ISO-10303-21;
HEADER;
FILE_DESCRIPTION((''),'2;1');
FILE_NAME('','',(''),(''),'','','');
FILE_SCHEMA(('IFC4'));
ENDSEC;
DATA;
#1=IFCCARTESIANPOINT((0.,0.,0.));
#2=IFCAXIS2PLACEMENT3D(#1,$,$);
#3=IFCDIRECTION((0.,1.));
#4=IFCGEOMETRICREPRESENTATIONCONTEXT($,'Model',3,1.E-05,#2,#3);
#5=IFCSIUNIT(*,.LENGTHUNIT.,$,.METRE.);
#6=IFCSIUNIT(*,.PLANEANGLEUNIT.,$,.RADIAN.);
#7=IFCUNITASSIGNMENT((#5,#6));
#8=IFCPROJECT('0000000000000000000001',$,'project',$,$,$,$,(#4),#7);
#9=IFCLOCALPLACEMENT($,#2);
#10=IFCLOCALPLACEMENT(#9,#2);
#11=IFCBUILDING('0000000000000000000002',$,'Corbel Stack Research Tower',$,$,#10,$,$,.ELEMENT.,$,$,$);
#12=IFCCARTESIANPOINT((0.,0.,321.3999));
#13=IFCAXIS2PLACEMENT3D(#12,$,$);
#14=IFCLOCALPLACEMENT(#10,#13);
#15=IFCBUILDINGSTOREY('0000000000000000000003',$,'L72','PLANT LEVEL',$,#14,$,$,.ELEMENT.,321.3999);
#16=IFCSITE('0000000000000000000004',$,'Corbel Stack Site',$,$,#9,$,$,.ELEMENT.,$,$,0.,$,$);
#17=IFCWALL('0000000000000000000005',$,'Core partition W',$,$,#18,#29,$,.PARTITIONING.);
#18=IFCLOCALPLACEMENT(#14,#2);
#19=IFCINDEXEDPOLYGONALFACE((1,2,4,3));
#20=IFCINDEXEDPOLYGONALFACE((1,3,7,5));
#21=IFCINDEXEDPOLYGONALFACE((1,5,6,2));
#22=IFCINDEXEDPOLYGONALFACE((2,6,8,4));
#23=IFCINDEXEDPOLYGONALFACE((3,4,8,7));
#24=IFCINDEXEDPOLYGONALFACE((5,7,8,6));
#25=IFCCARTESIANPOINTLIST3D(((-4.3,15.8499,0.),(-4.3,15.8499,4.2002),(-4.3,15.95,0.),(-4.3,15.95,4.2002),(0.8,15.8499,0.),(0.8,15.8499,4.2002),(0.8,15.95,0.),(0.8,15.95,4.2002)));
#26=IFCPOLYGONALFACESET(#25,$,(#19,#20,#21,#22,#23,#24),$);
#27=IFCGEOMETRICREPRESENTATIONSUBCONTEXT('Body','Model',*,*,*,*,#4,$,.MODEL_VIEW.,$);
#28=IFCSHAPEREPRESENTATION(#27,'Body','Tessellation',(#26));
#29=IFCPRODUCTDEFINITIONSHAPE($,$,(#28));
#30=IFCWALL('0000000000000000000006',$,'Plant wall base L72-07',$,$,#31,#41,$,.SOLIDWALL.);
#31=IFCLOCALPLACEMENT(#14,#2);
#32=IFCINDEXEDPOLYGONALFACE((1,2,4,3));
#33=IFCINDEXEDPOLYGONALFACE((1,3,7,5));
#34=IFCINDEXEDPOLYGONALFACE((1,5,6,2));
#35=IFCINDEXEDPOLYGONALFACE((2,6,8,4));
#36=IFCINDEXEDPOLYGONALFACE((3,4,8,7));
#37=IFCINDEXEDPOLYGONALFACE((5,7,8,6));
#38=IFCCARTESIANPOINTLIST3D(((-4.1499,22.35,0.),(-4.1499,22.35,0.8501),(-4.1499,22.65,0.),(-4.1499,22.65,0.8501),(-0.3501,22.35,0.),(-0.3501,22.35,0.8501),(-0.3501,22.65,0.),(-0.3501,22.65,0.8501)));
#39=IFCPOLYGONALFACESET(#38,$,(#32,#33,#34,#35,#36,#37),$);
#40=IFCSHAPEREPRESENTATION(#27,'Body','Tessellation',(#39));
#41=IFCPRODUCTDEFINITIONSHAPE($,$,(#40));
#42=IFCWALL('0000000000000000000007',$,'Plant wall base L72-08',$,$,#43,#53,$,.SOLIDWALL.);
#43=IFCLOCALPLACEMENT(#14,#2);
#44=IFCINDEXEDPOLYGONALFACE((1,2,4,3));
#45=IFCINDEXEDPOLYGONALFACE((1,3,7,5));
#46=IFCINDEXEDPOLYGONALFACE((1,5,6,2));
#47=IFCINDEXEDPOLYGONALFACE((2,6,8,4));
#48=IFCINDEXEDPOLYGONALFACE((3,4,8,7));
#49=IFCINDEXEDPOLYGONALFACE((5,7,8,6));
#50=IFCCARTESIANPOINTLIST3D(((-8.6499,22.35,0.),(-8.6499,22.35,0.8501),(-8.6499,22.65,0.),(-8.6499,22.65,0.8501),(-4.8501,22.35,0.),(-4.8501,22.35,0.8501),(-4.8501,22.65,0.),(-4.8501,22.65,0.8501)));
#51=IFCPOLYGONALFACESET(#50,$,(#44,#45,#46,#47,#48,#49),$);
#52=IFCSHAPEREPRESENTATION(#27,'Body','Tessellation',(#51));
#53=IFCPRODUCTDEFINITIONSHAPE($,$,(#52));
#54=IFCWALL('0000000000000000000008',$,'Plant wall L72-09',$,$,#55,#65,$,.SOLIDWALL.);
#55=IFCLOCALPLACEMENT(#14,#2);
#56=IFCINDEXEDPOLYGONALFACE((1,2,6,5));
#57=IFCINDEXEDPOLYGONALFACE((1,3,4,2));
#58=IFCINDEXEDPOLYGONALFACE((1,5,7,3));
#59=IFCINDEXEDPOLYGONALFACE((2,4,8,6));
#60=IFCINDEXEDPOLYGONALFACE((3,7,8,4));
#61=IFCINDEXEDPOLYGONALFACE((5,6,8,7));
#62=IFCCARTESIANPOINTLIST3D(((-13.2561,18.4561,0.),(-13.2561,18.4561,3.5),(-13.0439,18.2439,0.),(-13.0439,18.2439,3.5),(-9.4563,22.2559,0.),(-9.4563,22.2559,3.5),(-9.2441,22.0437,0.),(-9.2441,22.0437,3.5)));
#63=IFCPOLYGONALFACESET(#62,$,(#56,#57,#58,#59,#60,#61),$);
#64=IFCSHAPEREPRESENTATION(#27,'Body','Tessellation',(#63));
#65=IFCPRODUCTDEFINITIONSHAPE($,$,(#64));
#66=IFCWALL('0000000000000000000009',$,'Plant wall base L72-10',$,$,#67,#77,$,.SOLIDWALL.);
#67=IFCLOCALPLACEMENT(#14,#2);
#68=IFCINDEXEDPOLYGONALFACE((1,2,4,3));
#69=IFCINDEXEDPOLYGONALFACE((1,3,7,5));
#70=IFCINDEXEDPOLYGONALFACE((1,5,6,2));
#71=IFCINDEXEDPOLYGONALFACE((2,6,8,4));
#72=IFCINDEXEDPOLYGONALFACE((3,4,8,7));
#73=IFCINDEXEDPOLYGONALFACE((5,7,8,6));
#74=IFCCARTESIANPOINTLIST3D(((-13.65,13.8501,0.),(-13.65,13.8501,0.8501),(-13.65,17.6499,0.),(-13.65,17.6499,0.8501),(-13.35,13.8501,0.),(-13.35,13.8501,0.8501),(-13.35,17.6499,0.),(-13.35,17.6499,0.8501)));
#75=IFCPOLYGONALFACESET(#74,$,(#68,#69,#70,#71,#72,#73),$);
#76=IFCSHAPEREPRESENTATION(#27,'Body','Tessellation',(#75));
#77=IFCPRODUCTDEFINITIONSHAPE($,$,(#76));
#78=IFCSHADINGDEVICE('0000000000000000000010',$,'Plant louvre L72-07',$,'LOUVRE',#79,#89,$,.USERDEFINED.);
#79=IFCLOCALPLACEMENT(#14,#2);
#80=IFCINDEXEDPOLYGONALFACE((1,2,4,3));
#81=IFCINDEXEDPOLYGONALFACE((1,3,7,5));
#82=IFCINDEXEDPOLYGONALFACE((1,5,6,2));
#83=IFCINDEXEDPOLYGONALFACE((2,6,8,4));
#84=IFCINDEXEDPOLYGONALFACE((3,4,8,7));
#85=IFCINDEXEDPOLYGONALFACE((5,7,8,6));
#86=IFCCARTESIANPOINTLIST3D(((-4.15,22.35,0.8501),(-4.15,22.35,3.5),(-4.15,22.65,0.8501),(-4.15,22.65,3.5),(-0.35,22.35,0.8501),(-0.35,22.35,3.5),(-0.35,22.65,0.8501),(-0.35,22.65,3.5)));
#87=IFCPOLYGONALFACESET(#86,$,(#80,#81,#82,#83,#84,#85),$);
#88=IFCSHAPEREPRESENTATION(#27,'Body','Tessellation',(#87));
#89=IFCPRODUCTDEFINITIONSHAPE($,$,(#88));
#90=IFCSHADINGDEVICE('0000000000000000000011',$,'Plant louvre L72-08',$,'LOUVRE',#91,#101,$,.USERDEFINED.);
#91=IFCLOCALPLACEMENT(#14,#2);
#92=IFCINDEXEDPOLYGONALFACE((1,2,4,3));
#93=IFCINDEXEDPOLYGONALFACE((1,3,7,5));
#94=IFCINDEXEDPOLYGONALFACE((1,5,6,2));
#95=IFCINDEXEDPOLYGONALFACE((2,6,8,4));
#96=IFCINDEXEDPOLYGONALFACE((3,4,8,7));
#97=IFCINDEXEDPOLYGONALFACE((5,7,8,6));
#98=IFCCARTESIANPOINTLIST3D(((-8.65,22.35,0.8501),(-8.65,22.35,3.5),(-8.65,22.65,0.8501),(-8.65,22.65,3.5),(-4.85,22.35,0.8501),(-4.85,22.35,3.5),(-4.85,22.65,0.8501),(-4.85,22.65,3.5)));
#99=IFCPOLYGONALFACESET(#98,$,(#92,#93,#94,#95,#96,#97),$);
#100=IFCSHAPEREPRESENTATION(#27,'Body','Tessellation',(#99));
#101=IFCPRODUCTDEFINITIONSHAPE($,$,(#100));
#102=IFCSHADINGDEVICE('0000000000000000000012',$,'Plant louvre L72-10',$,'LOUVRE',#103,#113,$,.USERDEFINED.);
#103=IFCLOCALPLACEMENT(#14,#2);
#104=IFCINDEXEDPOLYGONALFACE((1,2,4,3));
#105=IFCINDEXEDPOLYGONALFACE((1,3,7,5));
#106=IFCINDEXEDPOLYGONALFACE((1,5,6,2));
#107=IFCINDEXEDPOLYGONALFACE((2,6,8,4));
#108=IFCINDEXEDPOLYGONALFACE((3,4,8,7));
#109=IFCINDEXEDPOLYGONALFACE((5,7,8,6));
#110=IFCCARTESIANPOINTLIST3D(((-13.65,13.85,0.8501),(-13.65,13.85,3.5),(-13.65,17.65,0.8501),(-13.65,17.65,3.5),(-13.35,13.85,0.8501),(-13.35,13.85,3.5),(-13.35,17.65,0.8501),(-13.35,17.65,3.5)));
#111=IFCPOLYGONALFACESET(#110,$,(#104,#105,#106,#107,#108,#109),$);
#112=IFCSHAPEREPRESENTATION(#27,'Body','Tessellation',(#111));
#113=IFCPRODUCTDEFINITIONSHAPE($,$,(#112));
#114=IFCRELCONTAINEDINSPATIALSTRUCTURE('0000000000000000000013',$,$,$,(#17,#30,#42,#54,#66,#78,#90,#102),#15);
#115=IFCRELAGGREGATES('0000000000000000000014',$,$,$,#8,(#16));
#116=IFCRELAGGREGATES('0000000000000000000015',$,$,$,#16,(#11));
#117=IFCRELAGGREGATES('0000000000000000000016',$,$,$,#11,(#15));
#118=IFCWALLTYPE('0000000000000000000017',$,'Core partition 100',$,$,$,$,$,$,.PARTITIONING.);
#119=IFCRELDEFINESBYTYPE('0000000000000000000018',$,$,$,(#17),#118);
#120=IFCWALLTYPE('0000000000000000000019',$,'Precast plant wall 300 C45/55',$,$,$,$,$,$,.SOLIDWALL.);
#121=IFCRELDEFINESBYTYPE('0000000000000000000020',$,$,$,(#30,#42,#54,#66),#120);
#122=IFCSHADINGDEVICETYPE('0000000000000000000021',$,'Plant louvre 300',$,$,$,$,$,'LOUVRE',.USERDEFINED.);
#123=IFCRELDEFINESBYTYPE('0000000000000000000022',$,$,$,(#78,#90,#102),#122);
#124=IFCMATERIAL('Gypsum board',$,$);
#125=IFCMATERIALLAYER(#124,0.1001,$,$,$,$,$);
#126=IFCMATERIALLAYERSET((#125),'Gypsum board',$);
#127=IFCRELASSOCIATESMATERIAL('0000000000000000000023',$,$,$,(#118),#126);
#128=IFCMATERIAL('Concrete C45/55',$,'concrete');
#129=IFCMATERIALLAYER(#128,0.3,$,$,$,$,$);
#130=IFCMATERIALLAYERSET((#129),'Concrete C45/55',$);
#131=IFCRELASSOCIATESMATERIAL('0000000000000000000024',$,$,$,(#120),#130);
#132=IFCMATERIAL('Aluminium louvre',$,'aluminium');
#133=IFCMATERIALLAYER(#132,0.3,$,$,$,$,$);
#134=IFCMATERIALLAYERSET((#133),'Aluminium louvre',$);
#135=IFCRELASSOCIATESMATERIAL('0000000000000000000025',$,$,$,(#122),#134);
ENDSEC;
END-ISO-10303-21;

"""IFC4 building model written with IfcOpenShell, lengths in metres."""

from ifc_helpers import new_model, si_unit, direction, frame, frame_2d, origin, origin_2d, place, context, subcontext, project, spatial, rectangle, extrude, material, layer, layer_set, type_object, element, save


model = new_model("IFC4")

# Units and contexts
model_context = context("Model", 3, precision=1e-05, world=origin(), true_north=direction((0.0, 1.0)))
body_context = subcontext(model_context, "Body", "Model", "MODEL_VIEW")
ifc_project = project(units=[si_unit("LENGTHUNIT", "METRE"), si_unit("PLANEANGLEUNIT", "RADIAN")], contexts=[model_context])

# Site, building, storey
site_placement = place(None, origin())
site = spatial("IfcSite", under=ifc_project, at=site_placement, Name="Corbel Stack Site", CompositionType="ELEMENT", RefElevation=0.0)
building_placement = place(site_placement, origin())
building = spatial("IfcBuilding", under=site, at=building_placement, Name="Corbel Stack Research Tower", CompositionType="ELEMENT")
storey_placement = place(building_placement, frame((0.0, 0.0, 321.3999)))
storey = spatial("IfcBuildingStorey", under=building, at=storey_placement, Name="L72", Description="PLANT LEVEL", CompositionType="ELEMENT", Elevation=321.3999)

# Walls
ifc_material_1 = material(Name="Gypsum board")
ifc_layer_1 = layer(ifc_material_1, 0.1001)
ifc_layer_set_1 = layer_set([ifc_layer_1], Name="Gypsum board")
wall_type_1 = type_object("IfcWallType", Name="Core partition 100", PredefinedType="PARTITIONING", material=ifc_layer_set_1)
wall_1_placement = place(storey_placement, frame((-4.3, 15.8999, 0.0), z_axis=(0.0, 0.0, 1.0), x_axis=(1.0, 0.0, 0.0)))
element("IfcWall", 1, at=wall_1_placement, inside=storey, type_object=wall_type_1, Name="Core partition W", PredefinedType="PARTITIONING", context=body_context, shape_type="SweptSolid", body=[
    extrude(rectangle(XDim=5.1001, YDim=0.1001, at=frame_2d((2.55, 0.0))), origin(), (0.0, 0.0, 1.0), 4.2002),
])
ifc_material_2 = material(Name="Concrete C45/55", Category="concrete")
ifc_layer_2 = layer(ifc_material_2, 0.3)
ifc_layer_set_2 = layer_set([ifc_layer_2], Name="Concrete C45/55")
wall_type_2 = type_object("IfcWallType", Name="Precast plant wall 300 C45/55", PredefinedType="SOLIDWALL", material=ifc_layer_set_2)
for number, where, z_axis, x_axis, name in (
    (2, (-0.3501, 22.5, 0.0), (0.0, 0.0, 1.0), (-1.0, 0.0, 0.0), "Plant wall base L72-07"),
    (3, (-4.8501, 22.5, 0.0), (0.0, 0.0, 1.0), (-1.0, 0.0, 0.0), "Plant wall base L72-08"),
):
    element("IfcWall", number, at=place(storey_placement, frame(where, z_axis=z_axis, x_axis=x_axis)), inside=storey, type_object=wall_type_2, Name=name, PredefinedType="SOLIDWALL", context=body_context, shape_type="SweptSolid", body=[
        extrude(rectangle(XDim=3.7998, YDim=0.3, at=frame_2d((1.8999, 0.0))), origin(), (0.0, 0.0, 1.0), 0.8501),
    ])
wall_2_placement = place(storey_placement, frame((-9.3501, 22.1499, 0.0), z_axis=(0.0, 0.0, 1.0), x_axis=(-0.707107, -0.707107, 0.0)))
element("IfcWall", 4, at=wall_2_placement, inside=storey, type_object=wall_type_2, Name="Plant wall L72-09", PredefinedType="SOLIDWALL", context=body_context, shape_type="SweptSolid", body=[
    extrude(rectangle(XDim=5.3738, YDim=0.3, at=frame_2d((2.687, 0.0))), origin(), (0.0, 0.0, 1.0), 3.5),
])
wall_3_placement = place(storey_placement, frame((-13.5, 17.6499, 0.0), z_axis=(0.0, 0.0, 1.0), x_axis=(0.0, -1.0, 0.0)))
element("IfcWall", 5, at=wall_3_placement, inside=storey, type_object=wall_type_2, Name="Plant wall base L72-10", PredefinedType="SOLIDWALL", context=body_context, shape_type="SweptSolid", body=[
    extrude(rectangle(XDim=3.7998, YDim=0.3, at=frame_2d((1.8999, 0.0))), origin(), (0.0, 0.0, 1.0), 0.8501),
])

# Shading devices
ifc_material_3 = material(Name="Aluminium louvre", Category="aluminium")
ifc_layer_3 = layer(ifc_material_3, 0.3)
ifc_layer_set_3 = layer_set([ifc_layer_3], Name="Aluminium louvre")
shading_device_type = type_object("IfcShadingDeviceType", Name="Plant louvre 300", ElementType="LOUVRE", PredefinedType="USERDEFINED", material=ifc_layer_set_3)
for number, where, z_axis, x_axis, name in (
    (6, (-2.25, 22.5, 0.8501), (0.0, 0.0, 1.0), (-1.0, 0.0, 0.0), "Plant louvre L72-07"),
    (7, (-6.75, 22.5, 0.8501), (0.0, 0.0, 1.0), (-1.0, 0.0, 0.0), "Plant louvre L72-08"),
    (8, (-13.5, 15.75, 0.8501), (0.0, 0.0, 1.0), (0.0, -1.0, 0.0), "Plant louvre L72-10"),
):
    element("IfcShadingDevice", number, at=place(storey_placement, frame(where, z_axis=z_axis, x_axis=x_axis)), inside=storey, type_object=shading_device_type, Name=name, ObjectType="LOUVRE", PredefinedType="USERDEFINED", context=body_context, shape_type="SweptSolid", body=[
        extrude(rectangle(XDim=3.8, YDim=0.3, at=origin_2d()), origin(), (0.0, 0.0, 1.0), 2.6499),
    ])

save(model, "model.ifc")
